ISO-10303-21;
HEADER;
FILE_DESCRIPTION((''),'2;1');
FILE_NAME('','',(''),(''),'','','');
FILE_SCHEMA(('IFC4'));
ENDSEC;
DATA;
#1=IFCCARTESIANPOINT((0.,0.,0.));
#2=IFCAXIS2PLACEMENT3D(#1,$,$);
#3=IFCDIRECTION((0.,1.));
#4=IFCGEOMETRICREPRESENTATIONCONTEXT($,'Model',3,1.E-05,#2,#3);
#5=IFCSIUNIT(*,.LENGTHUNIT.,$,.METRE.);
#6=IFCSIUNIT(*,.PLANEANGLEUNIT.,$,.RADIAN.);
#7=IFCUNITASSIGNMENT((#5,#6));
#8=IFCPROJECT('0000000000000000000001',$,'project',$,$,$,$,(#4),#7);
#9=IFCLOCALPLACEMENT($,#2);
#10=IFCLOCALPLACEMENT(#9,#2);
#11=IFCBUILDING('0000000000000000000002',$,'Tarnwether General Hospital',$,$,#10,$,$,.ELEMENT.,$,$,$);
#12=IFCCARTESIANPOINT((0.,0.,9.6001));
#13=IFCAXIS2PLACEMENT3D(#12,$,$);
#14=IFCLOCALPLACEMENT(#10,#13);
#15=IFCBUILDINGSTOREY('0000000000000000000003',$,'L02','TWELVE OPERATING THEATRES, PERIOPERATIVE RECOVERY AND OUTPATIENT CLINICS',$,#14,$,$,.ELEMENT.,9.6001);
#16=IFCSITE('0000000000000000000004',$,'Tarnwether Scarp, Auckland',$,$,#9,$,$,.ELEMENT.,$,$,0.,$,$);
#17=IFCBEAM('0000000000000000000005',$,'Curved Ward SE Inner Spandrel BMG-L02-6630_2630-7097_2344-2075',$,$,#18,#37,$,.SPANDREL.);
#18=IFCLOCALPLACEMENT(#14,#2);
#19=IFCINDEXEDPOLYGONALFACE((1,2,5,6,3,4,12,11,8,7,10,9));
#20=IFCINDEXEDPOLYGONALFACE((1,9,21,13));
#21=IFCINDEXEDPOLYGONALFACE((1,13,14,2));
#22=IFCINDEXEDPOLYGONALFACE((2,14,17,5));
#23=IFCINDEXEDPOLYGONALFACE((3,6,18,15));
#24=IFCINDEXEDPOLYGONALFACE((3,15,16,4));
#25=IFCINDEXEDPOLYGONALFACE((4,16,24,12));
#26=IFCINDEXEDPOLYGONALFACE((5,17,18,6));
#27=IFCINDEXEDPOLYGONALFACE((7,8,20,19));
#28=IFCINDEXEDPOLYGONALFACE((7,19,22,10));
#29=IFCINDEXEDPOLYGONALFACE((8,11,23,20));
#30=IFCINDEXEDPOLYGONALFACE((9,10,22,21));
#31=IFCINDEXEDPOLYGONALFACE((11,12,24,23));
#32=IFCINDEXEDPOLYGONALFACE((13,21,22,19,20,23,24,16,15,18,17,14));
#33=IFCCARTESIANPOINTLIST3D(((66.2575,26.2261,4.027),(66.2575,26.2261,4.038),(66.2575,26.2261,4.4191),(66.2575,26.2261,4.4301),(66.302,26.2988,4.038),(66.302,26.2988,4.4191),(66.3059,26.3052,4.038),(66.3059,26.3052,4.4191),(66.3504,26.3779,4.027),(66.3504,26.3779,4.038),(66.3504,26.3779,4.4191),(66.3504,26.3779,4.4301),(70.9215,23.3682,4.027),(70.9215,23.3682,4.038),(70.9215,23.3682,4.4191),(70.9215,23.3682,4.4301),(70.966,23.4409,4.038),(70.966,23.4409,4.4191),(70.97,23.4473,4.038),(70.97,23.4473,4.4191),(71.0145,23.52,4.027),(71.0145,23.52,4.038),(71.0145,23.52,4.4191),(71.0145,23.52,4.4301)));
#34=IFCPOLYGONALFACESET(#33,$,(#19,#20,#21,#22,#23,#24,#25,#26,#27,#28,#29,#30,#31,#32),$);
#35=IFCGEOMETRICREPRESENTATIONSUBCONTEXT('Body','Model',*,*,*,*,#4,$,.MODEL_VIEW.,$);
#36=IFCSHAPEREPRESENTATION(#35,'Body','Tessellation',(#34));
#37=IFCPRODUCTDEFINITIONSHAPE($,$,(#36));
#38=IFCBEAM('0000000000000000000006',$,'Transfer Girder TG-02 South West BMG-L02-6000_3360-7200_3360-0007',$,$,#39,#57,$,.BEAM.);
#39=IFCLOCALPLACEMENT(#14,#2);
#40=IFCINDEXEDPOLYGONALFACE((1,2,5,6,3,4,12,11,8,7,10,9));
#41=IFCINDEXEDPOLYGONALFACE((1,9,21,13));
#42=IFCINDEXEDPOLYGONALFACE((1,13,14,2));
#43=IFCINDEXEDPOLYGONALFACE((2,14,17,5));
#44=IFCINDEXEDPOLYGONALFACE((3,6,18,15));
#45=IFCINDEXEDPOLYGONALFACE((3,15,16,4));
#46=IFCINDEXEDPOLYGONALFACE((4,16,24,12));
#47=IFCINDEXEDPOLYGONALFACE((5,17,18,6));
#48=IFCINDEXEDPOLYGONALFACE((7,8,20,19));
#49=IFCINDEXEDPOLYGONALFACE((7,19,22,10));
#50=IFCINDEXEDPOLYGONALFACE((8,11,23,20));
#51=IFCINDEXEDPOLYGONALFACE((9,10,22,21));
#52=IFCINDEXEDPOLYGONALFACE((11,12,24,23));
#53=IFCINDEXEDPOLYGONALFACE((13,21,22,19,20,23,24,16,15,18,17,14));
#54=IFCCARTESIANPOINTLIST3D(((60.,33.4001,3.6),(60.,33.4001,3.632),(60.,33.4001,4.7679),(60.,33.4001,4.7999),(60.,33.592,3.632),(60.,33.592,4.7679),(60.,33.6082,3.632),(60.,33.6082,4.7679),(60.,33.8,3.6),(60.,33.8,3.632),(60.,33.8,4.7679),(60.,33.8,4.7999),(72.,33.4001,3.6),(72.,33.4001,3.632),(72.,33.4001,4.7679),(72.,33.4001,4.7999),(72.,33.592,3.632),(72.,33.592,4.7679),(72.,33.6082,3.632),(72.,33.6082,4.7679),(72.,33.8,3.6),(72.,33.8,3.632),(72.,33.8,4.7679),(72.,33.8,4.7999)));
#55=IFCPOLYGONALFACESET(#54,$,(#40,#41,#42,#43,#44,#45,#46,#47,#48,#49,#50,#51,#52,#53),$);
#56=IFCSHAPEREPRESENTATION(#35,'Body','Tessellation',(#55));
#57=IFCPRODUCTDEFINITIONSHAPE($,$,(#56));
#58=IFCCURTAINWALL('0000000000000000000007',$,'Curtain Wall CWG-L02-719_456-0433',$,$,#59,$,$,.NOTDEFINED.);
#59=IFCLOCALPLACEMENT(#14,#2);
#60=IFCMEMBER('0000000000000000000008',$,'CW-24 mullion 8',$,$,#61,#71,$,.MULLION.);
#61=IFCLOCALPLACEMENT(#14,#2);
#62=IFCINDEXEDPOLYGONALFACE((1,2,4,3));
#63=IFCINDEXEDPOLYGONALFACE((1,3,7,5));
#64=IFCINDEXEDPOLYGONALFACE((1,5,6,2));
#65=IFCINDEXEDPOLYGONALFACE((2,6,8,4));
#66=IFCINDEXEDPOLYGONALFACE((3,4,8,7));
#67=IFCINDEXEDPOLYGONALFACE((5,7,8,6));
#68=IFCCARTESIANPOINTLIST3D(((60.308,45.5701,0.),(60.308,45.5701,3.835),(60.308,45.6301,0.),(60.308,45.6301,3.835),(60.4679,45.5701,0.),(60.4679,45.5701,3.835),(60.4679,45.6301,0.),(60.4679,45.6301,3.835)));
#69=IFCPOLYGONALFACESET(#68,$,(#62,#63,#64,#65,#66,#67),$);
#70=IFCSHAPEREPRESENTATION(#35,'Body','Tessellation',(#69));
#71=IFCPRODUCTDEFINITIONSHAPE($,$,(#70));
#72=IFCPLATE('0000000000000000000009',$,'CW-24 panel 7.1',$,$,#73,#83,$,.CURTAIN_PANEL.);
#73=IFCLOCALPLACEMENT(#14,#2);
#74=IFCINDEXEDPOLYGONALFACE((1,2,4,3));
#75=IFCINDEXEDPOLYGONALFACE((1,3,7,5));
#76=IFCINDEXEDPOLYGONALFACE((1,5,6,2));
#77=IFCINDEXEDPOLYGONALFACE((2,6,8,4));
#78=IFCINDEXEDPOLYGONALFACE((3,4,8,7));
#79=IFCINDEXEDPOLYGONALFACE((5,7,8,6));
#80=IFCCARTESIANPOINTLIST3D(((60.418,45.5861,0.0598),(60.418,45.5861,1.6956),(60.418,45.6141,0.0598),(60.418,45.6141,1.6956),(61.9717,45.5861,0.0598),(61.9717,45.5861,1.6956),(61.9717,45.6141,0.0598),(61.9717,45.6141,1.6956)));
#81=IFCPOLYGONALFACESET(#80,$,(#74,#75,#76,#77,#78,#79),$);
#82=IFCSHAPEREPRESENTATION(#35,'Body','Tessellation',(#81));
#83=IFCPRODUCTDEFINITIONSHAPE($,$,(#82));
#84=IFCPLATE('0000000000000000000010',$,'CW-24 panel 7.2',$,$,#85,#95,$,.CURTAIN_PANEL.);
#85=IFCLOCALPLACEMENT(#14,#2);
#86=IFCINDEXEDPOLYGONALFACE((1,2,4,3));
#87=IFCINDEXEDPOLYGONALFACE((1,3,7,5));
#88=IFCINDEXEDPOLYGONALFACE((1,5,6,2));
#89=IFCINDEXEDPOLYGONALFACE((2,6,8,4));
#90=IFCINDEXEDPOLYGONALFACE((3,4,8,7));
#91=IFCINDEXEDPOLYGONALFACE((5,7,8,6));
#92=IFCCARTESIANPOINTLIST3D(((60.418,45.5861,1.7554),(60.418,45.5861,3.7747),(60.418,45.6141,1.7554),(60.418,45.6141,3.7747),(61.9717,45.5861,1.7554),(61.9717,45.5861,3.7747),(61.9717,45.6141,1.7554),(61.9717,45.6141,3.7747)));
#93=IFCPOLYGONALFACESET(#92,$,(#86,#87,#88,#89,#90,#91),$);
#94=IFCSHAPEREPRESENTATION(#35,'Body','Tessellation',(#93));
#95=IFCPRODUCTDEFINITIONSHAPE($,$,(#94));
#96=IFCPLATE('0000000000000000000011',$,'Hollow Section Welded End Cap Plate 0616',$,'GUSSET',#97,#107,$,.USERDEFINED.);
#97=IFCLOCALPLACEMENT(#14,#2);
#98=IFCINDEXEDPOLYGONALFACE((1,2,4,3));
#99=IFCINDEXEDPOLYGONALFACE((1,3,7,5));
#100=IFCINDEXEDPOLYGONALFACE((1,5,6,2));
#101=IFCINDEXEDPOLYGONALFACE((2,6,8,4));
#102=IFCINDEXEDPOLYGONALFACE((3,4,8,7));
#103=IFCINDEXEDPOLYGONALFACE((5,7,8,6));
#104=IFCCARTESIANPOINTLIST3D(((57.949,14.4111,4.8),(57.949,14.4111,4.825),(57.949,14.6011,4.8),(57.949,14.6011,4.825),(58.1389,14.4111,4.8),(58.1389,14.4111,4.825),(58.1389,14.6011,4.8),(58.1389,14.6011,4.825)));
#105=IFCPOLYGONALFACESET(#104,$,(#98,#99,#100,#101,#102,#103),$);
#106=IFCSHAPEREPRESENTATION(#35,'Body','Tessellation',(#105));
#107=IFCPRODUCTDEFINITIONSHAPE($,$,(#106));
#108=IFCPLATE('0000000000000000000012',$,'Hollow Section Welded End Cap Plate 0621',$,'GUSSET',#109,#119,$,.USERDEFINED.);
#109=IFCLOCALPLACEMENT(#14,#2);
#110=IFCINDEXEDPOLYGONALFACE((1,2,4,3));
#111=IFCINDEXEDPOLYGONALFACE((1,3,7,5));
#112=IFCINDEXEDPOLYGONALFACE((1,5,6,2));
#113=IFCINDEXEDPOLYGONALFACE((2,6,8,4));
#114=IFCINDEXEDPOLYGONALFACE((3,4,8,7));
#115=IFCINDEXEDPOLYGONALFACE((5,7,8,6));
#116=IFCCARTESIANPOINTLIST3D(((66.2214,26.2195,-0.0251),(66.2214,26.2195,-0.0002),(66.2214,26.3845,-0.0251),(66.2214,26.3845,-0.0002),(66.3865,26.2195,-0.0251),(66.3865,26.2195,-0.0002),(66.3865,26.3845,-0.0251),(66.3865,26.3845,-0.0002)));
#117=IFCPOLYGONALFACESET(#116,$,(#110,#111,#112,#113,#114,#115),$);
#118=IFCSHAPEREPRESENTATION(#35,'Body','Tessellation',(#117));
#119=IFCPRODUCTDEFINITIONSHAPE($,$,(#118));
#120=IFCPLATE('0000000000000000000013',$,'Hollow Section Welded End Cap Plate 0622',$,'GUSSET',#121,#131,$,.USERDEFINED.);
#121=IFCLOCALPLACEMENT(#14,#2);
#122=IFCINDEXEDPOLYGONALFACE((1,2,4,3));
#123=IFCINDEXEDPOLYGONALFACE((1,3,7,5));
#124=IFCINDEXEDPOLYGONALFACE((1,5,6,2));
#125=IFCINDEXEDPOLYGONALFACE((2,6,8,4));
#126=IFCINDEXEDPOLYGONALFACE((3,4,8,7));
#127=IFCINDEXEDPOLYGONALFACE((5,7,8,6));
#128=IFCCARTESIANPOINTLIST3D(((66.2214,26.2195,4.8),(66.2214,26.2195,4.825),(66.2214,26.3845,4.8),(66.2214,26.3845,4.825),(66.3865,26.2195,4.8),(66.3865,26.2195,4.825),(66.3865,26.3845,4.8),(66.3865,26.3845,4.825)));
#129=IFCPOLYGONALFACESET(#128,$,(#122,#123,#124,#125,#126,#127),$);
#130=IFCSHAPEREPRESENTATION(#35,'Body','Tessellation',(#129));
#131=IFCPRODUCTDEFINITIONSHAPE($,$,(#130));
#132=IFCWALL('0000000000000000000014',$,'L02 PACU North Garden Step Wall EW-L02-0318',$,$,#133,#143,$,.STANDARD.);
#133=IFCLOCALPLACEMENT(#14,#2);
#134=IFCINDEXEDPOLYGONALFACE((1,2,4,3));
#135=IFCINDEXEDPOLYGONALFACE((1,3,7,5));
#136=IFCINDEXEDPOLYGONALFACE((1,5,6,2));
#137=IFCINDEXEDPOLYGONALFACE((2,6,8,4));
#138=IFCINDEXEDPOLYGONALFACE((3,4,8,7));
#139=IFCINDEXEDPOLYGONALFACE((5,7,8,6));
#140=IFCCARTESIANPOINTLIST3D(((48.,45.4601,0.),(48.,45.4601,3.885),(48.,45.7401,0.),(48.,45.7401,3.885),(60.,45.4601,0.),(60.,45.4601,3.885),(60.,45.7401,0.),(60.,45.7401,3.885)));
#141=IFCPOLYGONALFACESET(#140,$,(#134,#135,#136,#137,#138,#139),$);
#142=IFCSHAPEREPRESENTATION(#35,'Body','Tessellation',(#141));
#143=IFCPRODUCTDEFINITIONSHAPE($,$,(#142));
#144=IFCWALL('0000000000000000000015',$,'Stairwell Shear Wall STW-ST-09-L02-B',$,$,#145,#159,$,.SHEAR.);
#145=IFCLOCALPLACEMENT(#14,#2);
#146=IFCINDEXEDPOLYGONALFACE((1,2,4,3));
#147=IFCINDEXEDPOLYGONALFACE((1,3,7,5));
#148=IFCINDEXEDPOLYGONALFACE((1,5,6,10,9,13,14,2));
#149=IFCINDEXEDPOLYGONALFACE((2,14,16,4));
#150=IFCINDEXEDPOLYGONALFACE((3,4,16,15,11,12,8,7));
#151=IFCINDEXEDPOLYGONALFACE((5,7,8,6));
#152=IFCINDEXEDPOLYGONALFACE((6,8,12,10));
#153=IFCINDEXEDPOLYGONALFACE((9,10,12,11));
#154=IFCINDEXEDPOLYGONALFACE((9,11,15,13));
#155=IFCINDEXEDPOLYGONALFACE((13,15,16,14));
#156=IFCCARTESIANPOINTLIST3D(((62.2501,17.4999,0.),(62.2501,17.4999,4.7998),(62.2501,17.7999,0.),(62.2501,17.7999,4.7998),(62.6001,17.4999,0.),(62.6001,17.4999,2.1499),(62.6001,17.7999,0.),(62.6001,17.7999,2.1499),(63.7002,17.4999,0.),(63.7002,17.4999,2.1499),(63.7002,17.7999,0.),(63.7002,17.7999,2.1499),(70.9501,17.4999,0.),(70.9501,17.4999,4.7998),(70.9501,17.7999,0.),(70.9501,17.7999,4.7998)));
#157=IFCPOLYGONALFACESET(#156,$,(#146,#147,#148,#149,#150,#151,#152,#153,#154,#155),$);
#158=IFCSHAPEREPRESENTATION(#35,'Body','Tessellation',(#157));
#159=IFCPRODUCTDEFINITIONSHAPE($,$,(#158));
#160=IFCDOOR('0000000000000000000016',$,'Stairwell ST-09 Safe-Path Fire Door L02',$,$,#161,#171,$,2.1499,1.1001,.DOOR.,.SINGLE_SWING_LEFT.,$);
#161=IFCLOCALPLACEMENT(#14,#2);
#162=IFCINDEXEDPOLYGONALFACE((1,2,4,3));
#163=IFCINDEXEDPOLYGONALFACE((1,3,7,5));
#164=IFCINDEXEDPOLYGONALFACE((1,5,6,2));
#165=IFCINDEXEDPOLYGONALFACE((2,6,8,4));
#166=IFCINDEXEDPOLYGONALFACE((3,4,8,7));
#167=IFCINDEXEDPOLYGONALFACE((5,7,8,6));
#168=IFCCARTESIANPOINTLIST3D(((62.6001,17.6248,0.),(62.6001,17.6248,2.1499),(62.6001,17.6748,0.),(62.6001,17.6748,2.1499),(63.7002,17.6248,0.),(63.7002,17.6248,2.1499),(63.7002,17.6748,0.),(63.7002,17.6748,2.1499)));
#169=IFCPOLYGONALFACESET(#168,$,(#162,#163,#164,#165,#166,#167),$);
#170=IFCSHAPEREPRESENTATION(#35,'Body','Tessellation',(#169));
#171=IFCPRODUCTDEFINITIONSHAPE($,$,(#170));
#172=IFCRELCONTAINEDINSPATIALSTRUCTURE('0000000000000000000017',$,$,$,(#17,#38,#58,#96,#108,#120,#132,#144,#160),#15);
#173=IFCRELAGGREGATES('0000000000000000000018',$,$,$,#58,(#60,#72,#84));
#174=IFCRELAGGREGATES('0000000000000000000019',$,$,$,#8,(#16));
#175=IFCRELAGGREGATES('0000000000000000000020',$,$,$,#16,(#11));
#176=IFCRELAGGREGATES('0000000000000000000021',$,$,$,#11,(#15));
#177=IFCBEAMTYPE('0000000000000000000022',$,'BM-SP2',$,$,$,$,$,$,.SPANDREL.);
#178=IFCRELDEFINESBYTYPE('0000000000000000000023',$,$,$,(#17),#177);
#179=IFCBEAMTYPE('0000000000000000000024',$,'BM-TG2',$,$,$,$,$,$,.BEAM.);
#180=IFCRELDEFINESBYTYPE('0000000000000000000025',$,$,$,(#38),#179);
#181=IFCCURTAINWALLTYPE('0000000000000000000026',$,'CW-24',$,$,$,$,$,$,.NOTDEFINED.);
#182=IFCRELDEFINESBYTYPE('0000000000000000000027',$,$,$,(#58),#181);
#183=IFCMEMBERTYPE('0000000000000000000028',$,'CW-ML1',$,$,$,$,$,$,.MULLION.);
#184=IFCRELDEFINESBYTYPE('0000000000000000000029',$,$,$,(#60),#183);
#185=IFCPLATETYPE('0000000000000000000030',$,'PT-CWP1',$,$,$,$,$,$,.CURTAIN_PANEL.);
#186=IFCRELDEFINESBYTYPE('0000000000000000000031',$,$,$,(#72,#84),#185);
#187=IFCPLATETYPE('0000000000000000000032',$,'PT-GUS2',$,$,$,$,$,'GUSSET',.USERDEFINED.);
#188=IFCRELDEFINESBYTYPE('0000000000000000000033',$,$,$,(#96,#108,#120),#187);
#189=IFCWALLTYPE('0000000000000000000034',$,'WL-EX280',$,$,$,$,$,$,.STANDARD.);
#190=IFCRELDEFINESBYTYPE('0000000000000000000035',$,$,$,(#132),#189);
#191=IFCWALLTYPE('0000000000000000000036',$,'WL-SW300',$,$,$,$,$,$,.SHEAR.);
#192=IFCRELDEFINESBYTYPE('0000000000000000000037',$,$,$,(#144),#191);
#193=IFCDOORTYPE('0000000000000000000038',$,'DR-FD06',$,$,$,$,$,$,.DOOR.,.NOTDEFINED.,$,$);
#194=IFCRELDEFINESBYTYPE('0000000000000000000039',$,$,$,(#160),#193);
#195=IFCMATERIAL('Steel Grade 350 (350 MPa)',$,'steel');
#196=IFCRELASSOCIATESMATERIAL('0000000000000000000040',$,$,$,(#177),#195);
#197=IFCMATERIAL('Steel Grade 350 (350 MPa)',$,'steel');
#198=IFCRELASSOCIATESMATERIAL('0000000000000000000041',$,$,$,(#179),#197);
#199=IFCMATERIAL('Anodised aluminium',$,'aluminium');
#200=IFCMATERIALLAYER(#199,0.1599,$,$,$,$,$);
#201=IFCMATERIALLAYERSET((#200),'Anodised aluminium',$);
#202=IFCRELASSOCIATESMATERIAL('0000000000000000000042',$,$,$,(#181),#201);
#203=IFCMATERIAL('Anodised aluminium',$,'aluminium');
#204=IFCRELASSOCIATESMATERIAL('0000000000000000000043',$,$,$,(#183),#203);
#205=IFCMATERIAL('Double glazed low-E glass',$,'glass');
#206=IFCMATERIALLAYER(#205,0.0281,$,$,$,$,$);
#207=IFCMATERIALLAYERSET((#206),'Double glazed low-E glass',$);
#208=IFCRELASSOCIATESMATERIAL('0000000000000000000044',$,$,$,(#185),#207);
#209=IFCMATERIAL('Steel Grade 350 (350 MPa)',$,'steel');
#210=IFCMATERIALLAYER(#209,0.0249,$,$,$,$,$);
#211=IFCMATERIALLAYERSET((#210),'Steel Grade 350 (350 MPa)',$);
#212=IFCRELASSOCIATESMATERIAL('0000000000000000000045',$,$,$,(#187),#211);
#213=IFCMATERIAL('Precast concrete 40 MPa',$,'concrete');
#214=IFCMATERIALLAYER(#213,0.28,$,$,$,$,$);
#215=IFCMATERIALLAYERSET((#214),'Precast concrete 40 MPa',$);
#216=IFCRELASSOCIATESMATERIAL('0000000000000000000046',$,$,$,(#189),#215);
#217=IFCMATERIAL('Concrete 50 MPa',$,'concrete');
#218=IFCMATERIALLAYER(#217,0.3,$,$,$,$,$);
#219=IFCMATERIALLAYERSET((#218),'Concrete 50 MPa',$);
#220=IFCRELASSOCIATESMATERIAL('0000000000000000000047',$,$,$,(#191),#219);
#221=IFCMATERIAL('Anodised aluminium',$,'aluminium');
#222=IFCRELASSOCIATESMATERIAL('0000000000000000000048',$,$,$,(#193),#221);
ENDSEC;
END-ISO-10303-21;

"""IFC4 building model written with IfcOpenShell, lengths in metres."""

from ifc_helpers import new_model, si_unit, direction, frame, frame_2d, origin, origin_2d, place, context, subcontext, project, spatial, rectangle, i_section, extrude, material, layer, layer_set, material_profile, profile_set, type_object, element, fill, aggregate, save


model = new_model("IFC4")

# Units and contexts
model_context = context("Model", 3, precision=1e-05, world=origin(), true_north=direction((0.0, 1.0)))
body_context = subcontext(model_context, "Body", "Model", "MODEL_VIEW")
ifc_project = project(units=[si_unit("LENGTHUNIT", "METRE"), si_unit("PLANEANGLEUNIT", "RADIAN")], contexts=[model_context])

# Site, building, storey
site_placement = place(None, origin())
site = spatial("IfcSite", under=ifc_project, at=site_placement, Name="Tarnwether Scarp, Auckland", CompositionType="ELEMENT", RefElevation=0.0)
building_placement = place(site_placement, origin())
building = spatial("IfcBuilding", under=site, at=building_placement, Name="Tarnwether General Hospital", CompositionType="ELEMENT")
storey_placement = place(building_placement, frame((0.0, 0.0, 9.6001)))
storey = spatial("IfcBuildingStorey", under=building, at=storey_placement, Name="L02", Description="TWELVE OPERATING THEATRES, PERIOPERATIVE RECOVERY AND OUTPATIENT CLINICS", CompositionType="ELEMENT", Elevation=9.6001)

# Beams
ifc_material_1 = material(Name="Steel Grade 350 (350 MPa)", Category="steel")
ifc_material_profile_1 = material_profile(ifc_material_1, i_section(OverallWidth=0.178, OverallDepth=0.4031, WebThickness=0.0076, FlangeThickness=0.011, at=origin_2d()), Name="410UB53.7")
ifc_profile_set_1 = profile_set([ifc_material_profile_1], Name="Steel Grade 350 (350 MPa)")
beam_type_1 = type_object("IfcBeamType", Name="BM-SP2", PredefinedType="SPANDREL", material=ifc_profile_set_1)
beam_1_placement = place(storey_placement, frame((66.304, 26.302, 4.2285), z_axis=(0.852659, -0.522468, 0.0), x_axis=(0.522468, 0.852659, 0.0)))
element("IfcBeam", 1, at=beam_1_placement, inside=storey, type_object=beam_type_1, Name="Curved Ward SE Inner Spandrel BMG-L02-6630_2630-7097_2344-2075", PredefinedType="SPANDREL", context=body_context, shape_type="SweptSolid", body=[
    extrude(i_section(OverallWidth=0.178, OverallDepth=0.4031, WebThickness=0.0076, FlangeThickness=0.011, at=origin_2d()), origin(), (0.0, 0.0, 1.0), 5.47),
])
ifc_material_2 = material(Name="Steel Grade 350 (350 MPa)", Category="steel")
ifc_material_profile_2 = material_profile(ifc_material_2, i_section(OverallWidth=0.3999, OverallDepth=1.2, WebThickness=0.0161, FlangeThickness=0.032, at=origin_2d()), Name="1200WB342")
ifc_profile_set_2 = profile_set([ifc_material_profile_2], Name="Steel Grade 350 (350 MPa)")
beam_type_2 = type_object("IfcBeamType", Name="BM-TG2", PredefinedType="BEAM", material=ifc_profile_set_2)
beam_2_placement = place(storey_placement, frame((60.0, 33.6001, 4.2), z_axis=(1.0, 0.0, 0.0), x_axis=(0.0, 1.0, 0.0)))
element("IfcBeam", 2, at=beam_2_placement, inside=storey, type_object=beam_type_2, Name="Transfer Girder TG-02 South West BMG-L02-6000_3360-7200_3360-0007", PredefinedType="BEAM", context=body_context, shape_type="SweptSolid", body=[
    extrude(i_section(OverallWidth=0.3999, OverallDepth=1.2, WebThickness=0.0161, FlangeThickness=0.032, at=origin_2d()), origin(), (0.0, 0.0, 1.0), 12.0),
])

# Curtain wall, member, plates
ifc_material_3 = material(Name="Anodised aluminium", Category="aluminium")
ifc_layer_1 = layer(ifc_material_3, 0.1599)
ifc_layer_set_1 = layer_set([ifc_layer_1], Name="Anodised aluminium")
curtain_wall_type = type_object("IfcCurtainWallType", Name="CW-24", PredefinedType="NOTDEFINED", material=ifc_layer_set_1)
curtain_wall_placement = place(storey_placement, origin())
curtain_wall = element("IfcCurtainWall", 3, at=curtain_wall_placement, inside=storey, type_object=curtain_wall_type, Name="Curtain Wall CWG-L02-719_456-0433", PredefinedType="NOTDEFINED")
ifc_material_4 = material(Name="Anodised aluminium", Category="aluminium")
ifc_material_profile_3 = material_profile(ifc_material_4, rectangle(XDim=0.0601, YDim=0.1599, at=origin_2d()), Name="ALU-MUL-60x160")
ifc_profile_set_3 = profile_set([ifc_material_profile_3], Name="Anodised aluminium")
member_type = type_object("IfcMemberType", Name="CW-ML1", PredefinedType="MULLION", material=ifc_profile_set_3)
member_placement = place(storey_placement, frame((60.3879, 45.6001, 0.0), z_axis=(0.0, 0.0, 1.0), x_axis=(0.0, -1.0, 0.0)))
member = element("IfcMember", 4, at=member_placement, type_object=member_type, Name="CW-24 mullion 8", PredefinedType="MULLION", context=body_context, shape_type="SweptSolid", body=[
    extrude(rectangle(XDim=0.0601, YDim=0.1599, at=origin_2d()), origin(), (0.0, 0.0, 1.0), 3.835),
])
ifc_material_5 = material(Name="Double glazed low-E glass", Category="glass")
ifc_layer_2 = layer(ifc_material_5, 0.0281)
ifc_layer_set_2 = layer_set([ifc_layer_2], Name="Double glazed low-E glass")
plate_type_1 = type_object("IfcPlateType", Name="PT-CWP1", PredefinedType="CURTAIN_PANEL", material=ifc_layer_set_2)
plate_1_placement = place(storey_placement, frame((61.1948, 45.6001, 0.0598), z_axis=(0.0, 0.0, 1.0), x_axis=(-1.0, 0.0, 0.0)))
plate_1 = element("IfcPlate", 5, at=plate_1_placement, type_object=plate_type_1, Name="CW-24 panel 7.1", PredefinedType="CURTAIN_PANEL", context=body_context, shape_type="SweptSolid", body=[
    extrude(rectangle(XDim=1.5537, YDim=0.0281, at=origin_2d()), origin(), (0.0, 0.0, 1.0), 1.6357),
])
plate_2_placement = place(storey_placement, frame((61.1948, 45.6001, 1.7554), z_axis=(0.0, 0.0, 1.0), x_axis=(-1.0, 0.0, 0.0)))
plate_2 = element("IfcPlate", 6, at=plate_2_placement, type_object=plate_type_1, Name="CW-24 panel 7.2", PredefinedType="CURTAIN_PANEL", context=body_context, shape_type="SweptSolid", body=[
    extrude(rectangle(XDim=1.5537, YDim=0.0281, at=origin_2d()), origin(), (0.0, 0.0, 1.0), 2.0193),
])
aggregate(curtain_wall, [member, plate_1, plate_2])

# Plates
ifc_material_6 = material(Name="Steel Grade 350 (350 MPa)", Category="steel")
ifc_layer_3 = layer(ifc_material_6, 0.0249)
ifc_layer_set_3 = layer_set([ifc_layer_3], Name="Steel Grade 350 (350 MPa)")
plate_type_2 = type_object("IfcPlateType", Name="PT-GUS2", ElementType="GUSSET", PredefinedType="USERDEFINED", material=ifc_layer_set_3)
plate_3_placement = place(storey_placement, frame((58.0439, 14.5061, 4.8), z_axis=(0.0, 0.0, 1.0), x_axis=(1.0, 0.0, 0.0)))
element("IfcPlate", 7, at=plate_3_placement, inside=storey, type_object=plate_type_2, Name="Hollow Section Welded End Cap Plate 0616", ObjectType="GUSSET", PredefinedType="USERDEFINED", context=body_context, shape_type="SweptSolid", body=[
    extrude(rectangle(XDim=0.1899, YDim=0.1899, at=origin_2d()), origin(), (0.0, 0.0, 1.0), 0.0249),
])
for number, where, z_axis, x_axis, name in (
    (8, (66.304, 26.302, -0.0251), (0.0, 0.0, 1.0), (1.0, 0.0, 0.0), "Hollow Section Welded End Cap Plate 0621"),
    (9, (66.304, 26.302, 4.8), (0.0, 0.0, 1.0), (1.0, 0.0, 0.0), "Hollow Section Welded End Cap Plate 0622"),
):
    element("IfcPlate", number, at=place(storey_placement, frame(where, z_axis=z_axis, x_axis=x_axis)), inside=storey, type_object=plate_type_2, Name=name, ObjectType="GUSSET", PredefinedType="USERDEFINED", context=body_context, shape_type="SweptSolid", body=[
        extrude(rectangle(XDim=0.165, YDim=0.165, at=origin_2d()), origin(), (0.0, 0.0, 1.0), 0.0249),
    ])

# Wall
ifc_material_7 = material(Name="Precast concrete 40 MPa", Category="concrete")
ifc_layer_4 = layer(ifc_material_7, 0.28)
ifc_layer_set_4 = layer_set([ifc_layer_4], Name="Precast concrete 40 MPa")
wall_type_1 = type_object("IfcWallType", Name="WL-EX280", PredefinedType="STANDARD", material=ifc_layer_set_4)
wall_1_placement = place(storey_placement, frame((60.0, 45.6001, 0.0), z_axis=(0.0, 0.0, 1.0), x_axis=(-1.0, 0.0, 0.0)))
element("IfcWall", 10, at=wall_1_placement, inside=storey, type_object=wall_type_1, Name="L02 PACU North Garden Step Wall EW-L02-0318", PredefinedType="STANDARD", context=body_context, shape_type="SweptSolid", body=[
    extrude(rectangle(XDim=12.0, YDim=0.28, at=frame_2d((6.0, 0.0))), origin(), (0.0, 0.0, 1.0), 3.885),
])

# Wall, opening, door
ifc_material_8 = material(Name="Concrete 50 MPa", Category="concrete")
ifc_layer_5 = layer(ifc_material_8, 0.3)
ifc_layer_set_5 = layer_set([ifc_layer_5], Name="Concrete 50 MPa")
wall_type_2 = type_object("IfcWallType", Name="WL-SW300", PredefinedType="SHEAR", material=ifc_layer_set_5)
wall_2_placement = place(storey_placement, frame((62.25, 17.6499, 0.0), z_axis=(0.0, 0.0, 1.0), x_axis=(1.0, 0.0, 0.0)))
wall_2 = element("IfcWall", 11, at=wall_2_placement, inside=storey, type_object=wall_type_2, Name="Stairwell Shear Wall STW-ST-09-L02-B", PredefinedType="SHEAR", context=body_context, shape_type="SweptSolid", body=[
    extrude(rectangle(XDim=8.7, YDim=0.3, at=frame_2d((4.3501, 0.0))), origin(), (0.0, 0.0, 1.0), 4.7998),
])
opening_placement = place(wall_2_placement, frame((0.3501, 0.0, 0.0)))
opening = element("IfcOpeningElement", 12, at=opening_placement, cuts=wall_2, PredefinedType="OPENING", context=body_context, shape_type="SweptSolid", body=[
    extrude(rectangle(XDim=1.1001, YDim=2.1499, at=frame_2d((0.55, 1.075))), frame((0.0, 0.1602, 0.0), z_axis=(0.0, -1.0, 0.0), x_axis=(1.0, 0.0, 0.0)), (0.0, 0.0, 1.0), 0.3201),
])
ifc_material_9 = material(Name="Anodised aluminium", Category="aluminium")
door_type = type_object("IfcDoorType", Name="DR-FD06", OperationType="NOTDEFINED", PredefinedType="DOOR", material=ifc_material_9)
door_placement = place(opening_placement, origin())
door = element("IfcDoor", 13, at=door_placement, inside=storey, type_object=door_type, Name="Stairwell ST-09 Safe-Path Fire Door L02", OperationType="SINGLE_SWING_LEFT", OverallHeight=2.1499, OverallWidth=1.1001, PredefinedType="DOOR", context=body_context, shape_type="SweptSolid", body=[
    extrude(rectangle(XDim=1.1001, YDim=2.1499, at=frame_2d((0.55, 1.075))), frame((0.0, 0.0249, 0.0), z_axis=(0.0, -1.0, 0.0), x_axis=(1.0, 0.0, 0.0)), (0.0, 0.0, 1.0), 0.05),
])
fill(opening, door)

save(model, "model.ifc")
